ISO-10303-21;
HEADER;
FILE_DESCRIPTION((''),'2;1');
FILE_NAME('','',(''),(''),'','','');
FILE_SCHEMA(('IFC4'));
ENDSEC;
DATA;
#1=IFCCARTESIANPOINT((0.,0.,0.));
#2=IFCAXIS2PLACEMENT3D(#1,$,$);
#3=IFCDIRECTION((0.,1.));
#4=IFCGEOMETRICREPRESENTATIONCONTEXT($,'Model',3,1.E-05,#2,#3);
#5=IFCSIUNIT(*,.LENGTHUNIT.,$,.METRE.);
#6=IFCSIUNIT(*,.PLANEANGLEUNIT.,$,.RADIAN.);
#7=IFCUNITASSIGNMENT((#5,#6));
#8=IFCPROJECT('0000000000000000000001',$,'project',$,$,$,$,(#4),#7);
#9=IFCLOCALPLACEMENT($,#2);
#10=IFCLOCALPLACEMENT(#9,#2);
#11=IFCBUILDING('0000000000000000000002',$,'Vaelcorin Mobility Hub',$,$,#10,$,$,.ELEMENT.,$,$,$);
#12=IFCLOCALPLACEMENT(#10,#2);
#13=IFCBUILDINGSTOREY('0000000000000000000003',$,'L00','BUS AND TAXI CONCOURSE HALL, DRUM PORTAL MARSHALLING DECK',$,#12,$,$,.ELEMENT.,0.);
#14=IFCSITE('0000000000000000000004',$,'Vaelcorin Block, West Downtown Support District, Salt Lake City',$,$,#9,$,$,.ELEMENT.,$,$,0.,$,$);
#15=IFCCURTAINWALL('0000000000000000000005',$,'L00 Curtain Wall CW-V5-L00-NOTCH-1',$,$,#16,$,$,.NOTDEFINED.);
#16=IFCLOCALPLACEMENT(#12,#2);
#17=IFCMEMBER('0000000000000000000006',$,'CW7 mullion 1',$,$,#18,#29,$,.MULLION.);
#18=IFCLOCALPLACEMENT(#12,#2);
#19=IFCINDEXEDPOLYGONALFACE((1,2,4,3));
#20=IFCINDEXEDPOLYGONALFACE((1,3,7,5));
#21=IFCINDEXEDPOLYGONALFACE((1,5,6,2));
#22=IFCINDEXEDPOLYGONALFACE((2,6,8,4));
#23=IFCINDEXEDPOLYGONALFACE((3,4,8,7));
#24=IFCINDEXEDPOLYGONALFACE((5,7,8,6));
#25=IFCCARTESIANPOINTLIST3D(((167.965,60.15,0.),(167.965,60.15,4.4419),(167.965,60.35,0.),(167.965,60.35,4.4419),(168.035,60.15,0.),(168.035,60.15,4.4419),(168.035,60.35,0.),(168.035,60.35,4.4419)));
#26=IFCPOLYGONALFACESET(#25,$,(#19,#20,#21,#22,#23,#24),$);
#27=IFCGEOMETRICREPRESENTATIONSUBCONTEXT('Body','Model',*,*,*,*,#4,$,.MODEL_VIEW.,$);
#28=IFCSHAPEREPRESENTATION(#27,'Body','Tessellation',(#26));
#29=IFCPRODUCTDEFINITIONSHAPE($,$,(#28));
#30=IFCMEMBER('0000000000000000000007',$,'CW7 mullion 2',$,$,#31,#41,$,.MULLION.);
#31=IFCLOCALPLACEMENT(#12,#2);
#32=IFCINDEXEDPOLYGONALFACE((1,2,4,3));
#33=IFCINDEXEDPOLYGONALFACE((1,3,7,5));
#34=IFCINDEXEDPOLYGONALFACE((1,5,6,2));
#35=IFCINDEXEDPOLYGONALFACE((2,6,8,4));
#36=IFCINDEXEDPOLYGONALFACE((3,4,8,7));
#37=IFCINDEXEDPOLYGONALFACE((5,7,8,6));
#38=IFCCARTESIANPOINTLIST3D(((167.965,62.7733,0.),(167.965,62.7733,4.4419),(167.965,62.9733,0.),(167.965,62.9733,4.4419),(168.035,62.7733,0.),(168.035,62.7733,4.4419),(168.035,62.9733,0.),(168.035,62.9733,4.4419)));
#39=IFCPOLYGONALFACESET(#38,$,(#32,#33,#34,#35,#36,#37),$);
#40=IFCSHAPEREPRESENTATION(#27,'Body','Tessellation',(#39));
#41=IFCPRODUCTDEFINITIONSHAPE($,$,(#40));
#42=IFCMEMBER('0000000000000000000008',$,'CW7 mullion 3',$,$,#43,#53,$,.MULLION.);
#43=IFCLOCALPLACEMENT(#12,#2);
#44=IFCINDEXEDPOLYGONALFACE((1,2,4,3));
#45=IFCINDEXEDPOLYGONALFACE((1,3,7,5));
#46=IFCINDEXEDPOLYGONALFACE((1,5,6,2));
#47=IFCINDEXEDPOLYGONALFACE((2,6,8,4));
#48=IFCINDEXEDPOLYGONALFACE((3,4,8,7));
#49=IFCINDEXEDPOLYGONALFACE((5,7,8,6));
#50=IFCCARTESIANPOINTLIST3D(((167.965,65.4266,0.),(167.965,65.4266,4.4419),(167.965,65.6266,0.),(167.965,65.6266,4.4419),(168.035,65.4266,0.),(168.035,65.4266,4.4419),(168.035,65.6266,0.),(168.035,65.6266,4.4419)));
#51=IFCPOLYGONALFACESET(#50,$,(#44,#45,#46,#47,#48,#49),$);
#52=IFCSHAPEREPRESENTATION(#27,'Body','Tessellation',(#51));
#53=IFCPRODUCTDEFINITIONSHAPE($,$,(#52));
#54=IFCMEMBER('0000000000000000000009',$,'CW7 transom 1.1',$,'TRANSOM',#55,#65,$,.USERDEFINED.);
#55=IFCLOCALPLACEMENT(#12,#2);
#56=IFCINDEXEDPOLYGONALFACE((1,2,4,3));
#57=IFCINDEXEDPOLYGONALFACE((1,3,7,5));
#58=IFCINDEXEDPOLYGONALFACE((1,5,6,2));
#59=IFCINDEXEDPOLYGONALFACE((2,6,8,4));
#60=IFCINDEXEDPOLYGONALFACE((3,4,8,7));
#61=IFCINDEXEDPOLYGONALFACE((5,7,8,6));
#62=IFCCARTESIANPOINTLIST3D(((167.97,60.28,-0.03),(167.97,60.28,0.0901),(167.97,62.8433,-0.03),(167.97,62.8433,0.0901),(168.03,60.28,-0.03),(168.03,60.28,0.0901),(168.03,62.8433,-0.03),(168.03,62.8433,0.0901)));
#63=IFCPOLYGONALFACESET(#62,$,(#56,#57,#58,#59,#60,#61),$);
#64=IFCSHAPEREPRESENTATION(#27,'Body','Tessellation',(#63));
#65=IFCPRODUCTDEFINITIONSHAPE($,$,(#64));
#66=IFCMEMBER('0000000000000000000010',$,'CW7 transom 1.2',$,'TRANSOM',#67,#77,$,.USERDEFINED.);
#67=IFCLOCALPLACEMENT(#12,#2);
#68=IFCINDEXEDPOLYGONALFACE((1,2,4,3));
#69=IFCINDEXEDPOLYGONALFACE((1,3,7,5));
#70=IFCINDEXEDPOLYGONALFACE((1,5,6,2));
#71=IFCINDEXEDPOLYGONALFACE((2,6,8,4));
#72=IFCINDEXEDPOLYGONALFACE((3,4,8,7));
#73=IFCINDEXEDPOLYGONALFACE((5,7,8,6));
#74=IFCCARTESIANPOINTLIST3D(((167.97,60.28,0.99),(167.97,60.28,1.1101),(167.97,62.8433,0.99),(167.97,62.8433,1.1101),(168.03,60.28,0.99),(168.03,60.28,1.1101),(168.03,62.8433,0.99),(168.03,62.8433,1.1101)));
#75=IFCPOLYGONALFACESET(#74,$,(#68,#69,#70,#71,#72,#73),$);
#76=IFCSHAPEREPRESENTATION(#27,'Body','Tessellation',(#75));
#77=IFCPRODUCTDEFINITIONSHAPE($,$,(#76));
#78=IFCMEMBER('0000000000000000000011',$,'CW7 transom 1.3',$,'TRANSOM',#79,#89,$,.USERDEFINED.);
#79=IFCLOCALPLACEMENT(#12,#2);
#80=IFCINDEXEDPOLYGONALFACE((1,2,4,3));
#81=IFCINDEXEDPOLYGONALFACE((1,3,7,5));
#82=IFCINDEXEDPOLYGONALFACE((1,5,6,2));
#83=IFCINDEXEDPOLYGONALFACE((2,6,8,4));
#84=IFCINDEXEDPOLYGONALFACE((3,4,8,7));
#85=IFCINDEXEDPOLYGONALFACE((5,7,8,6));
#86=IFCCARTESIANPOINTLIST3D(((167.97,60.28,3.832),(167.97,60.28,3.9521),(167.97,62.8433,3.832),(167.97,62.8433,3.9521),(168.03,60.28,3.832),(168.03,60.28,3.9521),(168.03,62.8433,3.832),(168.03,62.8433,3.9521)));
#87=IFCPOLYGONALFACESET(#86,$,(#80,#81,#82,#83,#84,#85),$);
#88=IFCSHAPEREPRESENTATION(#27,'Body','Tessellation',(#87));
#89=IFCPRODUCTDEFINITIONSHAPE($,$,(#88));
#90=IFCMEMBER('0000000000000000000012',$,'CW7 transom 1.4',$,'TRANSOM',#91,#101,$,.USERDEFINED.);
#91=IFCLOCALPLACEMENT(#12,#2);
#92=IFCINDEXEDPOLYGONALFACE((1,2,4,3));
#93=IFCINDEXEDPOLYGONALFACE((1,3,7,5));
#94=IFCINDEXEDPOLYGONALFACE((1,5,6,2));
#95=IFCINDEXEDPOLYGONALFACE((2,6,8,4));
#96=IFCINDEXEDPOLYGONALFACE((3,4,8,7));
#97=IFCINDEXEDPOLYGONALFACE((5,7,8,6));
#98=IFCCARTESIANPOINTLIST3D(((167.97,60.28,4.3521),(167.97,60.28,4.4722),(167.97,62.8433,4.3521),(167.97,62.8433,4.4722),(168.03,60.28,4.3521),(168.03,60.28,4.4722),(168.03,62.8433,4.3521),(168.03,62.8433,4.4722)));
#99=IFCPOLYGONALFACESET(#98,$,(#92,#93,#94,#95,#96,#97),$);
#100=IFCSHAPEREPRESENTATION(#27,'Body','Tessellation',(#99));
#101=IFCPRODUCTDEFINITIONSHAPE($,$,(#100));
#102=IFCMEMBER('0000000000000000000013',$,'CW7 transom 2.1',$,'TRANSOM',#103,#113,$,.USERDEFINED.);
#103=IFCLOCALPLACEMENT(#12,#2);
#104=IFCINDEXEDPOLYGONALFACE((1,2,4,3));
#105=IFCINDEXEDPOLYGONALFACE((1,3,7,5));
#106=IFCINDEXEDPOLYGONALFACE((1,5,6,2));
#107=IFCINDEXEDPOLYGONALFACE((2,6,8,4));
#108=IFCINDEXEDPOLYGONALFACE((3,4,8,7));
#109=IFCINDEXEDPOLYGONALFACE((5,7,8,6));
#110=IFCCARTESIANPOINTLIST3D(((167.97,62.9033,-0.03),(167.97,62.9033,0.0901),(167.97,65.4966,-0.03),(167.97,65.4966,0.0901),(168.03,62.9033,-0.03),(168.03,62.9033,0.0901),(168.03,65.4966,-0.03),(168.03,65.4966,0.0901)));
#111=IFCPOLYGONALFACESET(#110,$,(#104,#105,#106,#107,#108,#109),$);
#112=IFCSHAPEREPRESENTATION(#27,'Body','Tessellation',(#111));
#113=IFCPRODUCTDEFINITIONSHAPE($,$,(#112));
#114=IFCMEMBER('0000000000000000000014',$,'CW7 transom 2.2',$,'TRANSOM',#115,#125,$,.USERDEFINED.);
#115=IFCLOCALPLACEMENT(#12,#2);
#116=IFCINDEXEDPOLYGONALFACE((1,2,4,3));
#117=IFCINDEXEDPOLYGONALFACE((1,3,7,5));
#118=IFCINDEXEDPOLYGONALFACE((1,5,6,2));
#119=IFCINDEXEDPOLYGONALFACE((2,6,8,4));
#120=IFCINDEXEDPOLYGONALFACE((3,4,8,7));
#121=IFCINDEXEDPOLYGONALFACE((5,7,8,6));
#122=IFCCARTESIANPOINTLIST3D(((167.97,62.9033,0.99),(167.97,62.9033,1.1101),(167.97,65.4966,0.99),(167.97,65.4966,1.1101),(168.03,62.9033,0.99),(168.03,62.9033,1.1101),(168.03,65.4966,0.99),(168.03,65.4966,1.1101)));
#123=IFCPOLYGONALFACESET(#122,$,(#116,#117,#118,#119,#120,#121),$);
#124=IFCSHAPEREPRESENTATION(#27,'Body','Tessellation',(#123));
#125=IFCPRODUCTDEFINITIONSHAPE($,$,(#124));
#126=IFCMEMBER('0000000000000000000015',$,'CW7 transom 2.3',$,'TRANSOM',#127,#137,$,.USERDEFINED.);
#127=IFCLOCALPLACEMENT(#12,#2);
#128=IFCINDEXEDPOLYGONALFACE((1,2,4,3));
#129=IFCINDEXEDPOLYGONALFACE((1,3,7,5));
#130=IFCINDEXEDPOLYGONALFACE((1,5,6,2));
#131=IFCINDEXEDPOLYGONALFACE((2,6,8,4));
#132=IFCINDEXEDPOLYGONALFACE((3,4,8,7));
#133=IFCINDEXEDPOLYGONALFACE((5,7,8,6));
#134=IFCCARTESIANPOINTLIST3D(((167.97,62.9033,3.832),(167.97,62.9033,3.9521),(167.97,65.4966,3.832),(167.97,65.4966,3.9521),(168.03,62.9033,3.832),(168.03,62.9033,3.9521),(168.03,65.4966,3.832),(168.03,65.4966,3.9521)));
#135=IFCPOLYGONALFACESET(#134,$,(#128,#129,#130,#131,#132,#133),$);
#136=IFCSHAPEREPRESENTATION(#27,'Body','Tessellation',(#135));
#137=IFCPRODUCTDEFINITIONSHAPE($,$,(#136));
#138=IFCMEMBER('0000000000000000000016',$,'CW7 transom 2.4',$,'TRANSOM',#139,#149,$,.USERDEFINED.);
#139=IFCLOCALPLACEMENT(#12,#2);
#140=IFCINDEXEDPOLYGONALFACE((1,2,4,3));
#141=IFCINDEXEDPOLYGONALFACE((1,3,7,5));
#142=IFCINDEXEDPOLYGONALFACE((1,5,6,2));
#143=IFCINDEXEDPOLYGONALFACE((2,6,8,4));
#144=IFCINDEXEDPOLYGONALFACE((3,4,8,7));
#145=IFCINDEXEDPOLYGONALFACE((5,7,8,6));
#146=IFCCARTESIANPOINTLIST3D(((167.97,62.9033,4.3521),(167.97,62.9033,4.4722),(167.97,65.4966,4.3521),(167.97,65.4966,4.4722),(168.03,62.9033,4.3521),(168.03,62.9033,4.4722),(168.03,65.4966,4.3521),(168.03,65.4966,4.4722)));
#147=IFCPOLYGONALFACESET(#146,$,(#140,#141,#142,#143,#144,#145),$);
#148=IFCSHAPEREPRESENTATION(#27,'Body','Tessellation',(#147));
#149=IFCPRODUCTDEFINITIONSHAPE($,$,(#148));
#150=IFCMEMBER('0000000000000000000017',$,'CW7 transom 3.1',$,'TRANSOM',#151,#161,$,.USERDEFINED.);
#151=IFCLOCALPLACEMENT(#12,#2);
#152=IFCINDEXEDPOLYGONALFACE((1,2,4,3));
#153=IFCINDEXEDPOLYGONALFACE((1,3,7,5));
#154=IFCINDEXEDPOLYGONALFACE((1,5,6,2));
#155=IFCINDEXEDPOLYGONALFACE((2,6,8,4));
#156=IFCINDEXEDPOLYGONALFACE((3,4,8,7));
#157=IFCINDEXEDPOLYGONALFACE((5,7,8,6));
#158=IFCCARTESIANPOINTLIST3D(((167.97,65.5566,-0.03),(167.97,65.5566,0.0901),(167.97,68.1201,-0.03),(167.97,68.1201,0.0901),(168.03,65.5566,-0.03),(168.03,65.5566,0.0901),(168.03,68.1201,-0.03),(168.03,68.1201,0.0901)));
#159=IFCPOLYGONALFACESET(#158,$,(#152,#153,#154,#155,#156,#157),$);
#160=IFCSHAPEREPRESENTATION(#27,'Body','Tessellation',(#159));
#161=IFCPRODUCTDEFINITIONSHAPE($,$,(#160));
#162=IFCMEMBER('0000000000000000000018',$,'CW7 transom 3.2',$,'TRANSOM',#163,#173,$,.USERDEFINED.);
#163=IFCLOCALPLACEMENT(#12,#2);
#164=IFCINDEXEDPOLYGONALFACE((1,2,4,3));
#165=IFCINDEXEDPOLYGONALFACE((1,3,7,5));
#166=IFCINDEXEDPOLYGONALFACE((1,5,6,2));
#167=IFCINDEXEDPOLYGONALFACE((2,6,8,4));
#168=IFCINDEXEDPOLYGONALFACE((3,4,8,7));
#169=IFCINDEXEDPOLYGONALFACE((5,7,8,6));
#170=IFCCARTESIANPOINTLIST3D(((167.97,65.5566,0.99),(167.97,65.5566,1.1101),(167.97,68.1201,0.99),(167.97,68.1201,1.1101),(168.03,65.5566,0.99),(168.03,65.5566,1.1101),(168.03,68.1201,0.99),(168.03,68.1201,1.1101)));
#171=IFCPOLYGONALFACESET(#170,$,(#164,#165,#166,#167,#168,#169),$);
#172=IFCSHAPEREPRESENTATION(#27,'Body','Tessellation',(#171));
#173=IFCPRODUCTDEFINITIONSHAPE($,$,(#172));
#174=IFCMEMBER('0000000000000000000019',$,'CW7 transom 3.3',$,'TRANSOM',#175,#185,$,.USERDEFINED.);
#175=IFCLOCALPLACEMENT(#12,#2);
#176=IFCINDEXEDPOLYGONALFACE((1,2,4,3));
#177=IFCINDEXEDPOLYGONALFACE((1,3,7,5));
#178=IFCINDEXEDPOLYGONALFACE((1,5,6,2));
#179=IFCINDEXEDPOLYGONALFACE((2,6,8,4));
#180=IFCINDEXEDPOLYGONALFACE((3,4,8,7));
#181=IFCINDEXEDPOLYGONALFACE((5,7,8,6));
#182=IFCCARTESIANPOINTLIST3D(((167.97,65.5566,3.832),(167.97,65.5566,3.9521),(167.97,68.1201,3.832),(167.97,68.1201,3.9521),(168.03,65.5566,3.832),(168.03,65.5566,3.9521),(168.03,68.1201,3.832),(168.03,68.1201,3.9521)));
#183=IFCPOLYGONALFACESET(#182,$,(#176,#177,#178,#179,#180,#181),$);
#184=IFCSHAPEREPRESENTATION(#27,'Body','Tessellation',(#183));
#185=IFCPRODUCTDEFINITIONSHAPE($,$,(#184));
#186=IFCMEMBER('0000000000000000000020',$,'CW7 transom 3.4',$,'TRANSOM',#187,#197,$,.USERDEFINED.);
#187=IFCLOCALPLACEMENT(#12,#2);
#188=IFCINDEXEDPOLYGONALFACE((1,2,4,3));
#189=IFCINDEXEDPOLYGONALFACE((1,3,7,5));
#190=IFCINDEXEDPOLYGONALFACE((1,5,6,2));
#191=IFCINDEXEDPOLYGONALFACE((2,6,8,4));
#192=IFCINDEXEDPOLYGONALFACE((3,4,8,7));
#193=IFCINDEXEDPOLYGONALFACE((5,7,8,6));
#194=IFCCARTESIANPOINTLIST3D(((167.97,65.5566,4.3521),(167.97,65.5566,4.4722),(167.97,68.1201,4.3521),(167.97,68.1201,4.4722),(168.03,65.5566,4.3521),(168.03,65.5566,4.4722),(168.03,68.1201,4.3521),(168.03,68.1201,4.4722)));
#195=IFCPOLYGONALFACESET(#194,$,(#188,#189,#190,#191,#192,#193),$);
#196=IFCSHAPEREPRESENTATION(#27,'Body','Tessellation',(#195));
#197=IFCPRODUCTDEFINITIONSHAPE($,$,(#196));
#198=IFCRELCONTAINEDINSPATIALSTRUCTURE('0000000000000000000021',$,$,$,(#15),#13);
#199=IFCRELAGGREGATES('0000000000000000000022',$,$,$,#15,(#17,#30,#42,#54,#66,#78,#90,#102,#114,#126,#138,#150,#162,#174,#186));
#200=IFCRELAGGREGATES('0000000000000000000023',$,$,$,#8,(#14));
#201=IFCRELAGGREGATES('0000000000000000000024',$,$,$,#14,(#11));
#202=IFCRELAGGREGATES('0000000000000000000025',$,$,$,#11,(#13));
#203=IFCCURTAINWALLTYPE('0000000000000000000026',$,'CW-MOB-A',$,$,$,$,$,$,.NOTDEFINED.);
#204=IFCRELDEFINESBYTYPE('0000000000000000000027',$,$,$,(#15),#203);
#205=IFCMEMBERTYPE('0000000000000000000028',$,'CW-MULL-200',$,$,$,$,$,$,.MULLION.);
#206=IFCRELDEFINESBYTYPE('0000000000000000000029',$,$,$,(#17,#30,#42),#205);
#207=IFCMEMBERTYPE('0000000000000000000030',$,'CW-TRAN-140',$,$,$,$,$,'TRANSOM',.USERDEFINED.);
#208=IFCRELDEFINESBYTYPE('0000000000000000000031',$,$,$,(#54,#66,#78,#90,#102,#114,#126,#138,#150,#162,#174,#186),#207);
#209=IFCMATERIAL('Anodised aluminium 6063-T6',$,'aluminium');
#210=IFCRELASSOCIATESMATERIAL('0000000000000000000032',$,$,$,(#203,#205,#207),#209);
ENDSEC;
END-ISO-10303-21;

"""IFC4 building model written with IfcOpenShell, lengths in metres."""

from ifc_helpers import new_model, si_unit, direction, frame, origin, origin_2d, place, context, subcontext, project, spatial, rectangle, extrude, material, material_profile, profile_set, type_object, element, aggregate, save


model = new_model("IFC4")

# Units and contexts
model_context = context("Model", 3, precision=1e-05, world=origin(), true_north=direction((0.0, 1.0)))
body_context = subcontext(model_context, "Body", "Model", "MODEL_VIEW")
ifc_project = project(units=[si_unit("LENGTHUNIT", "METRE"), si_unit("PLANEANGLEUNIT", "RADIAN")], contexts=[model_context])

# Site, building, storey
site_placement = place(None, origin())
site = spatial("IfcSite", under=ifc_project, at=site_placement, Name="Vaelcorin Block, West Downtown Support District, Salt Lake City", CompositionType="ELEMENT", RefElevation=0.0)
building_placement = place(site_placement, origin())
building = spatial("IfcBuilding", under=site, at=building_placement, Name="Vaelcorin Mobility Hub", CompositionType="ELEMENT")
storey_placement = place(building_placement, origin())
storey = spatial("IfcBuildingStorey", under=building, at=storey_placement, Name="L00", Description="BUS AND TAXI CONCOURSE HALL, DRUM PORTAL MARSHALLING DECK", CompositionType="ELEMENT", Elevation=0.0)

# Curtain wall, members
ifc_material_1 = material(Name="Anodised aluminium 6063-T6", Category="aluminium")
curtain_wall_type = type_object("IfcCurtainWallType", Name="CW-MOB-A", PredefinedType="NOTDEFINED", material=ifc_material_1)
curtain_wall_placement = place(storey_placement, origin())
curtain_wall = element("IfcCurtainWall", 1, at=curtain_wall_placement, inside=storey, type_object=curtain_wall_type, Name="L00 Curtain Wall CW-V5-L00-NOTCH-1", PredefinedType="NOTDEFINED")
ifc_material_profile_1 = material_profile(ifc_material_1, rectangle(XDim=0.0701, YDim=0.2, at=origin_2d()), Name="ALU-M70X200")
ifc_profile_set_1 = profile_set([ifc_material_profile_1], Name="Anodised aluminium 6063-T6")
member_type_1 = type_object("IfcMemberType", Name="CW-MULL-200", PredefinedType="MULLION", material=ifc_profile_set_1)
member_1_placement = place(storey_placement, frame((168.0, 60.25, 0.0), z_axis=(0.0, 0.0, 1.0), x_axis=(-1.0, 0.0, 0.0)))
member_1 = element("IfcMember", 2, at=member_1_placement, type_object=member_type_1, Name="CW7 mullion 1", PredefinedType="MULLION", context=body_context, shape_type="SweptSolid", body=[
    extrude(rectangle(XDim=0.0701, YDim=0.2, at=origin_2d()), origin(), (0.0, 0.0, 1.0), 4.4419),
])
member_2_placement = place(storey_placement, frame((168.0, 62.8733, 0.0), z_axis=(0.0, 0.0, 1.0), x_axis=(-1.0, 0.0, 0.0)))
member_2 = element("IfcMember", 3, at=member_2_placement, type_object=member_type_1, Name="CW7 mullion 2", PredefinedType="MULLION", context=body_context, shape_type="SweptSolid", body=[
    extrude(rectangle(XDim=0.0701, YDim=0.2, at=origin_2d()), origin(), (0.0, 0.0, 1.0), 4.4419),
])
member_3_placement = place(storey_placement, frame((168.0, 65.5266, 0.0), z_axis=(0.0, 0.0, 1.0), x_axis=(-1.0, 0.0, 0.0)))
member_3 = element("IfcMember", 4, at=member_3_placement, type_object=member_type_1, Name="CW7 mullion 3", PredefinedType="MULLION", context=body_context, shape_type="SweptSolid", body=[
    extrude(rectangle(XDim=0.0701, YDim=0.2, at=origin_2d()), origin(), (0.0, 0.0, 1.0), 4.4419),
])
ifc_material_profile_2 = material_profile(ifc_material_1, rectangle(XDim=0.0601, YDim=0.1201, at=origin_2d()), Name="ALU-T60X120")
ifc_profile_set_2 = profile_set([ifc_material_profile_2], Name="Anodised aluminium 6063-T6")
member_type_2 = type_object("IfcMemberType", Name="CW-TRAN-140", ElementType="TRANSOM", PredefinedType="USERDEFINED", material=ifc_profile_set_2)
member_4_placement = place(storey_placement, frame((168.0, 60.28, 0.03), z_axis=(0.0, 1.0, 0.0), x_axis=(-1.0, 0.0, 0.0)))
member_4 = element("IfcMember", 5, at=member_4_placement, type_object=member_type_2, Name="CW7 transom 1.1", ObjectType="TRANSOM", PredefinedType="USERDEFINED", context=body_context, shape_type="SweptSolid", body=[
    extrude(rectangle(XDim=0.0601, YDim=0.1201, at=origin_2d()), origin(), (0.0, 0.0, 1.0), 2.5632),
])
member_5_placement = place(storey_placement, frame((168.0, 60.28, 1.05), z_axis=(0.0, 1.0, 0.0), x_axis=(-1.0, 0.0, 0.0)))
member_5 = element("IfcMember", 6, at=member_5_placement, type_object=member_type_2, Name="CW7 transom 1.2", ObjectType="TRANSOM", PredefinedType="USERDEFINED", context=body_context, shape_type="SweptSolid", body=[
    extrude(rectangle(XDim=0.0601, YDim=0.1201, at=origin_2d()), origin(), (0.0, 0.0, 1.0), 2.5632),
])
member_6_placement = place(storey_placement, frame((168.0, 60.28, 3.8921), z_axis=(0.0, 1.0, 0.0), x_axis=(-1.0, 0.0, 0.0)))
member_6 = element("IfcMember", 7, at=member_6_placement, type_object=member_type_2, Name="CW7 transom 1.3", ObjectType="TRANSOM", PredefinedType="USERDEFINED", context=body_context, shape_type="SweptSolid", body=[
    extrude(rectangle(XDim=0.0601, YDim=0.1201, at=origin_2d()), origin(), (0.0, 0.0, 1.0), 2.5632),
])
member_7_placement = place(storey_placement, frame((168.0, 60.28, 4.4121), z_axis=(0.0, 1.0, 0.0), x_axis=(-1.0, 0.0, 0.0)))
member_7 = element("IfcMember", 8, at=member_7_placement, type_object=member_type_2, Name="CW7 transom 1.4", ObjectType="TRANSOM", PredefinedType="USERDEFINED", context=body_context, shape_type="SweptSolid", body=[
    extrude(rectangle(XDim=0.0601, YDim=0.1201, at=origin_2d()), origin(), (0.0, 0.0, 1.0), 2.5632),
])
member_8_placement = place(storey_placement, frame((168.0, 62.9033, 0.03), z_axis=(0.0, 1.0, 0.0), x_axis=(-1.0, 0.0, 0.0)))
member_8 = element("IfcMember", 9, at=member_8_placement, type_object=member_type_2, Name="CW7 transom 2.1", ObjectType="TRANSOM", PredefinedType="USERDEFINED", context=body_context, shape_type="SweptSolid", body=[
    extrude(rectangle(XDim=0.0601, YDim=0.1201, at=origin_2d()), origin(), (0.0, 0.0, 1.0), 2.5933),
])
member_9_placement = place(storey_placement, frame((168.0, 62.9033, 1.05), z_axis=(0.0, 1.0, 0.0), x_axis=(-1.0, 0.0, 0.0)))
member_9 = element("IfcMember", 10, at=member_9_placement, type_object=member_type_2, Name="CW7 transom 2.2", ObjectType="TRANSOM", PredefinedType="USERDEFINED", context=body_context, shape_type="SweptSolid", body=[
    extrude(rectangle(XDim=0.0601, YDim=0.1201, at=origin_2d()), origin(), (0.0, 0.0, 1.0), 2.5933),
])
member_10_placement = place(storey_placement, frame((168.0, 62.9033, 3.8921), z_axis=(0.0, 1.0, 0.0), x_axis=(-1.0, 0.0, 0.0)))
member_10 = element("IfcMember", 11, at=member_10_placement, type_object=member_type_2, Name="CW7 transom 2.3", ObjectType="TRANSOM", PredefinedType="USERDEFINED", context=body_context, shape_type="SweptSolid", body=[
    extrude(rectangle(XDim=0.0601, YDim=0.1201, at=origin_2d()), origin(), (0.0, 0.0, 1.0), 2.5933),
])
member_11_placement = place(storey_placement, frame((168.0, 62.9033, 4.4121), z_axis=(0.0, 1.0, 0.0), x_axis=(-1.0, 0.0, 0.0)))
member_11 = element("IfcMember", 12, at=member_11_placement, type_object=member_type_2, Name="CW7 transom 2.4", ObjectType="TRANSOM", PredefinedType="USERDEFINED", context=body_context, shape_type="SweptSolid", body=[
    extrude(rectangle(XDim=0.0601, YDim=0.1201, at=origin_2d()), origin(), (0.0, 0.0, 1.0), 2.5933),
])
member_12_placement = place(storey_placement, frame((168.0, 65.5566, 0.03), z_axis=(0.0, 1.0, 0.0), x_axis=(-1.0, 0.0, 0.0)))
member_12 = element("IfcMember", 13, at=member_12_placement, type_object=member_type_2, Name="CW7 transom 3.1", ObjectType="TRANSOM", PredefinedType="USERDEFINED", context=body_context, shape_type="SweptSolid", body=[
    extrude(rectangle(XDim=0.0601, YDim=0.1201, at=origin_2d()), origin(), (0.0, 0.0, 1.0), 2.5635),
])
member_13_placement = place(storey_placement, frame((168.0, 65.5566, 1.05), z_axis=(0.0, 1.0, 0.0), x_axis=(-1.0, 0.0, 0.0)))
member_13 = element("IfcMember", 14, at=member_13_placement, type_object=member_type_2, Name="CW7 transom 3.2", ObjectType="TRANSOM", PredefinedType="USERDEFINED", context=body_context, shape_type="SweptSolid", body=[
    extrude(rectangle(XDim=0.0601, YDim=0.1201, at=origin_2d()), origin(), (0.0, 0.0, 1.0), 2.5635),
])
member_14_placement = place(storey_placement, frame((168.0, 65.5566, 3.8921), z_axis=(0.0, 1.0, 0.0), x_axis=(-1.0, 0.0, 0.0)))
member_14 = element("IfcMember", 15, at=member_14_placement, type_object=member_type_2, Name="CW7 transom 3.3", ObjectType="TRANSOM", PredefinedType="USERDEFINED", context=body_context, shape_type="SweptSolid", body=[
    extrude(rectangle(XDim=0.0601, YDim=0.1201, at=origin_2d()), origin(), (0.0, 0.0, 1.0), 2.5635),
])
member_15_placement = place(storey_placement, frame((168.0, 65.5566, 4.4121), z_axis=(0.0, 1.0, 0.0), x_axis=(-1.0, 0.0, 0.0)))
member_15 = element("IfcMember", 16, at=member_15_placement, type_object=member_type_2, Name="CW7 transom 3.4", ObjectType="TRANSOM", PredefinedType="USERDEFINED", context=body_context, shape_type="SweptSolid", body=[
    extrude(rectangle(XDim=0.0601, YDim=0.1201, at=origin_2d()), origin(), (0.0, 0.0, 1.0), 2.5635),
])
aggregate(curtain_wall, [member_1, member_2, member_3, member_4, member_5, member_6, member_7, member_8, member_9, member_10, member_11, member_12, member_13, member_14, member_15])

save(model, "model.ifc")
